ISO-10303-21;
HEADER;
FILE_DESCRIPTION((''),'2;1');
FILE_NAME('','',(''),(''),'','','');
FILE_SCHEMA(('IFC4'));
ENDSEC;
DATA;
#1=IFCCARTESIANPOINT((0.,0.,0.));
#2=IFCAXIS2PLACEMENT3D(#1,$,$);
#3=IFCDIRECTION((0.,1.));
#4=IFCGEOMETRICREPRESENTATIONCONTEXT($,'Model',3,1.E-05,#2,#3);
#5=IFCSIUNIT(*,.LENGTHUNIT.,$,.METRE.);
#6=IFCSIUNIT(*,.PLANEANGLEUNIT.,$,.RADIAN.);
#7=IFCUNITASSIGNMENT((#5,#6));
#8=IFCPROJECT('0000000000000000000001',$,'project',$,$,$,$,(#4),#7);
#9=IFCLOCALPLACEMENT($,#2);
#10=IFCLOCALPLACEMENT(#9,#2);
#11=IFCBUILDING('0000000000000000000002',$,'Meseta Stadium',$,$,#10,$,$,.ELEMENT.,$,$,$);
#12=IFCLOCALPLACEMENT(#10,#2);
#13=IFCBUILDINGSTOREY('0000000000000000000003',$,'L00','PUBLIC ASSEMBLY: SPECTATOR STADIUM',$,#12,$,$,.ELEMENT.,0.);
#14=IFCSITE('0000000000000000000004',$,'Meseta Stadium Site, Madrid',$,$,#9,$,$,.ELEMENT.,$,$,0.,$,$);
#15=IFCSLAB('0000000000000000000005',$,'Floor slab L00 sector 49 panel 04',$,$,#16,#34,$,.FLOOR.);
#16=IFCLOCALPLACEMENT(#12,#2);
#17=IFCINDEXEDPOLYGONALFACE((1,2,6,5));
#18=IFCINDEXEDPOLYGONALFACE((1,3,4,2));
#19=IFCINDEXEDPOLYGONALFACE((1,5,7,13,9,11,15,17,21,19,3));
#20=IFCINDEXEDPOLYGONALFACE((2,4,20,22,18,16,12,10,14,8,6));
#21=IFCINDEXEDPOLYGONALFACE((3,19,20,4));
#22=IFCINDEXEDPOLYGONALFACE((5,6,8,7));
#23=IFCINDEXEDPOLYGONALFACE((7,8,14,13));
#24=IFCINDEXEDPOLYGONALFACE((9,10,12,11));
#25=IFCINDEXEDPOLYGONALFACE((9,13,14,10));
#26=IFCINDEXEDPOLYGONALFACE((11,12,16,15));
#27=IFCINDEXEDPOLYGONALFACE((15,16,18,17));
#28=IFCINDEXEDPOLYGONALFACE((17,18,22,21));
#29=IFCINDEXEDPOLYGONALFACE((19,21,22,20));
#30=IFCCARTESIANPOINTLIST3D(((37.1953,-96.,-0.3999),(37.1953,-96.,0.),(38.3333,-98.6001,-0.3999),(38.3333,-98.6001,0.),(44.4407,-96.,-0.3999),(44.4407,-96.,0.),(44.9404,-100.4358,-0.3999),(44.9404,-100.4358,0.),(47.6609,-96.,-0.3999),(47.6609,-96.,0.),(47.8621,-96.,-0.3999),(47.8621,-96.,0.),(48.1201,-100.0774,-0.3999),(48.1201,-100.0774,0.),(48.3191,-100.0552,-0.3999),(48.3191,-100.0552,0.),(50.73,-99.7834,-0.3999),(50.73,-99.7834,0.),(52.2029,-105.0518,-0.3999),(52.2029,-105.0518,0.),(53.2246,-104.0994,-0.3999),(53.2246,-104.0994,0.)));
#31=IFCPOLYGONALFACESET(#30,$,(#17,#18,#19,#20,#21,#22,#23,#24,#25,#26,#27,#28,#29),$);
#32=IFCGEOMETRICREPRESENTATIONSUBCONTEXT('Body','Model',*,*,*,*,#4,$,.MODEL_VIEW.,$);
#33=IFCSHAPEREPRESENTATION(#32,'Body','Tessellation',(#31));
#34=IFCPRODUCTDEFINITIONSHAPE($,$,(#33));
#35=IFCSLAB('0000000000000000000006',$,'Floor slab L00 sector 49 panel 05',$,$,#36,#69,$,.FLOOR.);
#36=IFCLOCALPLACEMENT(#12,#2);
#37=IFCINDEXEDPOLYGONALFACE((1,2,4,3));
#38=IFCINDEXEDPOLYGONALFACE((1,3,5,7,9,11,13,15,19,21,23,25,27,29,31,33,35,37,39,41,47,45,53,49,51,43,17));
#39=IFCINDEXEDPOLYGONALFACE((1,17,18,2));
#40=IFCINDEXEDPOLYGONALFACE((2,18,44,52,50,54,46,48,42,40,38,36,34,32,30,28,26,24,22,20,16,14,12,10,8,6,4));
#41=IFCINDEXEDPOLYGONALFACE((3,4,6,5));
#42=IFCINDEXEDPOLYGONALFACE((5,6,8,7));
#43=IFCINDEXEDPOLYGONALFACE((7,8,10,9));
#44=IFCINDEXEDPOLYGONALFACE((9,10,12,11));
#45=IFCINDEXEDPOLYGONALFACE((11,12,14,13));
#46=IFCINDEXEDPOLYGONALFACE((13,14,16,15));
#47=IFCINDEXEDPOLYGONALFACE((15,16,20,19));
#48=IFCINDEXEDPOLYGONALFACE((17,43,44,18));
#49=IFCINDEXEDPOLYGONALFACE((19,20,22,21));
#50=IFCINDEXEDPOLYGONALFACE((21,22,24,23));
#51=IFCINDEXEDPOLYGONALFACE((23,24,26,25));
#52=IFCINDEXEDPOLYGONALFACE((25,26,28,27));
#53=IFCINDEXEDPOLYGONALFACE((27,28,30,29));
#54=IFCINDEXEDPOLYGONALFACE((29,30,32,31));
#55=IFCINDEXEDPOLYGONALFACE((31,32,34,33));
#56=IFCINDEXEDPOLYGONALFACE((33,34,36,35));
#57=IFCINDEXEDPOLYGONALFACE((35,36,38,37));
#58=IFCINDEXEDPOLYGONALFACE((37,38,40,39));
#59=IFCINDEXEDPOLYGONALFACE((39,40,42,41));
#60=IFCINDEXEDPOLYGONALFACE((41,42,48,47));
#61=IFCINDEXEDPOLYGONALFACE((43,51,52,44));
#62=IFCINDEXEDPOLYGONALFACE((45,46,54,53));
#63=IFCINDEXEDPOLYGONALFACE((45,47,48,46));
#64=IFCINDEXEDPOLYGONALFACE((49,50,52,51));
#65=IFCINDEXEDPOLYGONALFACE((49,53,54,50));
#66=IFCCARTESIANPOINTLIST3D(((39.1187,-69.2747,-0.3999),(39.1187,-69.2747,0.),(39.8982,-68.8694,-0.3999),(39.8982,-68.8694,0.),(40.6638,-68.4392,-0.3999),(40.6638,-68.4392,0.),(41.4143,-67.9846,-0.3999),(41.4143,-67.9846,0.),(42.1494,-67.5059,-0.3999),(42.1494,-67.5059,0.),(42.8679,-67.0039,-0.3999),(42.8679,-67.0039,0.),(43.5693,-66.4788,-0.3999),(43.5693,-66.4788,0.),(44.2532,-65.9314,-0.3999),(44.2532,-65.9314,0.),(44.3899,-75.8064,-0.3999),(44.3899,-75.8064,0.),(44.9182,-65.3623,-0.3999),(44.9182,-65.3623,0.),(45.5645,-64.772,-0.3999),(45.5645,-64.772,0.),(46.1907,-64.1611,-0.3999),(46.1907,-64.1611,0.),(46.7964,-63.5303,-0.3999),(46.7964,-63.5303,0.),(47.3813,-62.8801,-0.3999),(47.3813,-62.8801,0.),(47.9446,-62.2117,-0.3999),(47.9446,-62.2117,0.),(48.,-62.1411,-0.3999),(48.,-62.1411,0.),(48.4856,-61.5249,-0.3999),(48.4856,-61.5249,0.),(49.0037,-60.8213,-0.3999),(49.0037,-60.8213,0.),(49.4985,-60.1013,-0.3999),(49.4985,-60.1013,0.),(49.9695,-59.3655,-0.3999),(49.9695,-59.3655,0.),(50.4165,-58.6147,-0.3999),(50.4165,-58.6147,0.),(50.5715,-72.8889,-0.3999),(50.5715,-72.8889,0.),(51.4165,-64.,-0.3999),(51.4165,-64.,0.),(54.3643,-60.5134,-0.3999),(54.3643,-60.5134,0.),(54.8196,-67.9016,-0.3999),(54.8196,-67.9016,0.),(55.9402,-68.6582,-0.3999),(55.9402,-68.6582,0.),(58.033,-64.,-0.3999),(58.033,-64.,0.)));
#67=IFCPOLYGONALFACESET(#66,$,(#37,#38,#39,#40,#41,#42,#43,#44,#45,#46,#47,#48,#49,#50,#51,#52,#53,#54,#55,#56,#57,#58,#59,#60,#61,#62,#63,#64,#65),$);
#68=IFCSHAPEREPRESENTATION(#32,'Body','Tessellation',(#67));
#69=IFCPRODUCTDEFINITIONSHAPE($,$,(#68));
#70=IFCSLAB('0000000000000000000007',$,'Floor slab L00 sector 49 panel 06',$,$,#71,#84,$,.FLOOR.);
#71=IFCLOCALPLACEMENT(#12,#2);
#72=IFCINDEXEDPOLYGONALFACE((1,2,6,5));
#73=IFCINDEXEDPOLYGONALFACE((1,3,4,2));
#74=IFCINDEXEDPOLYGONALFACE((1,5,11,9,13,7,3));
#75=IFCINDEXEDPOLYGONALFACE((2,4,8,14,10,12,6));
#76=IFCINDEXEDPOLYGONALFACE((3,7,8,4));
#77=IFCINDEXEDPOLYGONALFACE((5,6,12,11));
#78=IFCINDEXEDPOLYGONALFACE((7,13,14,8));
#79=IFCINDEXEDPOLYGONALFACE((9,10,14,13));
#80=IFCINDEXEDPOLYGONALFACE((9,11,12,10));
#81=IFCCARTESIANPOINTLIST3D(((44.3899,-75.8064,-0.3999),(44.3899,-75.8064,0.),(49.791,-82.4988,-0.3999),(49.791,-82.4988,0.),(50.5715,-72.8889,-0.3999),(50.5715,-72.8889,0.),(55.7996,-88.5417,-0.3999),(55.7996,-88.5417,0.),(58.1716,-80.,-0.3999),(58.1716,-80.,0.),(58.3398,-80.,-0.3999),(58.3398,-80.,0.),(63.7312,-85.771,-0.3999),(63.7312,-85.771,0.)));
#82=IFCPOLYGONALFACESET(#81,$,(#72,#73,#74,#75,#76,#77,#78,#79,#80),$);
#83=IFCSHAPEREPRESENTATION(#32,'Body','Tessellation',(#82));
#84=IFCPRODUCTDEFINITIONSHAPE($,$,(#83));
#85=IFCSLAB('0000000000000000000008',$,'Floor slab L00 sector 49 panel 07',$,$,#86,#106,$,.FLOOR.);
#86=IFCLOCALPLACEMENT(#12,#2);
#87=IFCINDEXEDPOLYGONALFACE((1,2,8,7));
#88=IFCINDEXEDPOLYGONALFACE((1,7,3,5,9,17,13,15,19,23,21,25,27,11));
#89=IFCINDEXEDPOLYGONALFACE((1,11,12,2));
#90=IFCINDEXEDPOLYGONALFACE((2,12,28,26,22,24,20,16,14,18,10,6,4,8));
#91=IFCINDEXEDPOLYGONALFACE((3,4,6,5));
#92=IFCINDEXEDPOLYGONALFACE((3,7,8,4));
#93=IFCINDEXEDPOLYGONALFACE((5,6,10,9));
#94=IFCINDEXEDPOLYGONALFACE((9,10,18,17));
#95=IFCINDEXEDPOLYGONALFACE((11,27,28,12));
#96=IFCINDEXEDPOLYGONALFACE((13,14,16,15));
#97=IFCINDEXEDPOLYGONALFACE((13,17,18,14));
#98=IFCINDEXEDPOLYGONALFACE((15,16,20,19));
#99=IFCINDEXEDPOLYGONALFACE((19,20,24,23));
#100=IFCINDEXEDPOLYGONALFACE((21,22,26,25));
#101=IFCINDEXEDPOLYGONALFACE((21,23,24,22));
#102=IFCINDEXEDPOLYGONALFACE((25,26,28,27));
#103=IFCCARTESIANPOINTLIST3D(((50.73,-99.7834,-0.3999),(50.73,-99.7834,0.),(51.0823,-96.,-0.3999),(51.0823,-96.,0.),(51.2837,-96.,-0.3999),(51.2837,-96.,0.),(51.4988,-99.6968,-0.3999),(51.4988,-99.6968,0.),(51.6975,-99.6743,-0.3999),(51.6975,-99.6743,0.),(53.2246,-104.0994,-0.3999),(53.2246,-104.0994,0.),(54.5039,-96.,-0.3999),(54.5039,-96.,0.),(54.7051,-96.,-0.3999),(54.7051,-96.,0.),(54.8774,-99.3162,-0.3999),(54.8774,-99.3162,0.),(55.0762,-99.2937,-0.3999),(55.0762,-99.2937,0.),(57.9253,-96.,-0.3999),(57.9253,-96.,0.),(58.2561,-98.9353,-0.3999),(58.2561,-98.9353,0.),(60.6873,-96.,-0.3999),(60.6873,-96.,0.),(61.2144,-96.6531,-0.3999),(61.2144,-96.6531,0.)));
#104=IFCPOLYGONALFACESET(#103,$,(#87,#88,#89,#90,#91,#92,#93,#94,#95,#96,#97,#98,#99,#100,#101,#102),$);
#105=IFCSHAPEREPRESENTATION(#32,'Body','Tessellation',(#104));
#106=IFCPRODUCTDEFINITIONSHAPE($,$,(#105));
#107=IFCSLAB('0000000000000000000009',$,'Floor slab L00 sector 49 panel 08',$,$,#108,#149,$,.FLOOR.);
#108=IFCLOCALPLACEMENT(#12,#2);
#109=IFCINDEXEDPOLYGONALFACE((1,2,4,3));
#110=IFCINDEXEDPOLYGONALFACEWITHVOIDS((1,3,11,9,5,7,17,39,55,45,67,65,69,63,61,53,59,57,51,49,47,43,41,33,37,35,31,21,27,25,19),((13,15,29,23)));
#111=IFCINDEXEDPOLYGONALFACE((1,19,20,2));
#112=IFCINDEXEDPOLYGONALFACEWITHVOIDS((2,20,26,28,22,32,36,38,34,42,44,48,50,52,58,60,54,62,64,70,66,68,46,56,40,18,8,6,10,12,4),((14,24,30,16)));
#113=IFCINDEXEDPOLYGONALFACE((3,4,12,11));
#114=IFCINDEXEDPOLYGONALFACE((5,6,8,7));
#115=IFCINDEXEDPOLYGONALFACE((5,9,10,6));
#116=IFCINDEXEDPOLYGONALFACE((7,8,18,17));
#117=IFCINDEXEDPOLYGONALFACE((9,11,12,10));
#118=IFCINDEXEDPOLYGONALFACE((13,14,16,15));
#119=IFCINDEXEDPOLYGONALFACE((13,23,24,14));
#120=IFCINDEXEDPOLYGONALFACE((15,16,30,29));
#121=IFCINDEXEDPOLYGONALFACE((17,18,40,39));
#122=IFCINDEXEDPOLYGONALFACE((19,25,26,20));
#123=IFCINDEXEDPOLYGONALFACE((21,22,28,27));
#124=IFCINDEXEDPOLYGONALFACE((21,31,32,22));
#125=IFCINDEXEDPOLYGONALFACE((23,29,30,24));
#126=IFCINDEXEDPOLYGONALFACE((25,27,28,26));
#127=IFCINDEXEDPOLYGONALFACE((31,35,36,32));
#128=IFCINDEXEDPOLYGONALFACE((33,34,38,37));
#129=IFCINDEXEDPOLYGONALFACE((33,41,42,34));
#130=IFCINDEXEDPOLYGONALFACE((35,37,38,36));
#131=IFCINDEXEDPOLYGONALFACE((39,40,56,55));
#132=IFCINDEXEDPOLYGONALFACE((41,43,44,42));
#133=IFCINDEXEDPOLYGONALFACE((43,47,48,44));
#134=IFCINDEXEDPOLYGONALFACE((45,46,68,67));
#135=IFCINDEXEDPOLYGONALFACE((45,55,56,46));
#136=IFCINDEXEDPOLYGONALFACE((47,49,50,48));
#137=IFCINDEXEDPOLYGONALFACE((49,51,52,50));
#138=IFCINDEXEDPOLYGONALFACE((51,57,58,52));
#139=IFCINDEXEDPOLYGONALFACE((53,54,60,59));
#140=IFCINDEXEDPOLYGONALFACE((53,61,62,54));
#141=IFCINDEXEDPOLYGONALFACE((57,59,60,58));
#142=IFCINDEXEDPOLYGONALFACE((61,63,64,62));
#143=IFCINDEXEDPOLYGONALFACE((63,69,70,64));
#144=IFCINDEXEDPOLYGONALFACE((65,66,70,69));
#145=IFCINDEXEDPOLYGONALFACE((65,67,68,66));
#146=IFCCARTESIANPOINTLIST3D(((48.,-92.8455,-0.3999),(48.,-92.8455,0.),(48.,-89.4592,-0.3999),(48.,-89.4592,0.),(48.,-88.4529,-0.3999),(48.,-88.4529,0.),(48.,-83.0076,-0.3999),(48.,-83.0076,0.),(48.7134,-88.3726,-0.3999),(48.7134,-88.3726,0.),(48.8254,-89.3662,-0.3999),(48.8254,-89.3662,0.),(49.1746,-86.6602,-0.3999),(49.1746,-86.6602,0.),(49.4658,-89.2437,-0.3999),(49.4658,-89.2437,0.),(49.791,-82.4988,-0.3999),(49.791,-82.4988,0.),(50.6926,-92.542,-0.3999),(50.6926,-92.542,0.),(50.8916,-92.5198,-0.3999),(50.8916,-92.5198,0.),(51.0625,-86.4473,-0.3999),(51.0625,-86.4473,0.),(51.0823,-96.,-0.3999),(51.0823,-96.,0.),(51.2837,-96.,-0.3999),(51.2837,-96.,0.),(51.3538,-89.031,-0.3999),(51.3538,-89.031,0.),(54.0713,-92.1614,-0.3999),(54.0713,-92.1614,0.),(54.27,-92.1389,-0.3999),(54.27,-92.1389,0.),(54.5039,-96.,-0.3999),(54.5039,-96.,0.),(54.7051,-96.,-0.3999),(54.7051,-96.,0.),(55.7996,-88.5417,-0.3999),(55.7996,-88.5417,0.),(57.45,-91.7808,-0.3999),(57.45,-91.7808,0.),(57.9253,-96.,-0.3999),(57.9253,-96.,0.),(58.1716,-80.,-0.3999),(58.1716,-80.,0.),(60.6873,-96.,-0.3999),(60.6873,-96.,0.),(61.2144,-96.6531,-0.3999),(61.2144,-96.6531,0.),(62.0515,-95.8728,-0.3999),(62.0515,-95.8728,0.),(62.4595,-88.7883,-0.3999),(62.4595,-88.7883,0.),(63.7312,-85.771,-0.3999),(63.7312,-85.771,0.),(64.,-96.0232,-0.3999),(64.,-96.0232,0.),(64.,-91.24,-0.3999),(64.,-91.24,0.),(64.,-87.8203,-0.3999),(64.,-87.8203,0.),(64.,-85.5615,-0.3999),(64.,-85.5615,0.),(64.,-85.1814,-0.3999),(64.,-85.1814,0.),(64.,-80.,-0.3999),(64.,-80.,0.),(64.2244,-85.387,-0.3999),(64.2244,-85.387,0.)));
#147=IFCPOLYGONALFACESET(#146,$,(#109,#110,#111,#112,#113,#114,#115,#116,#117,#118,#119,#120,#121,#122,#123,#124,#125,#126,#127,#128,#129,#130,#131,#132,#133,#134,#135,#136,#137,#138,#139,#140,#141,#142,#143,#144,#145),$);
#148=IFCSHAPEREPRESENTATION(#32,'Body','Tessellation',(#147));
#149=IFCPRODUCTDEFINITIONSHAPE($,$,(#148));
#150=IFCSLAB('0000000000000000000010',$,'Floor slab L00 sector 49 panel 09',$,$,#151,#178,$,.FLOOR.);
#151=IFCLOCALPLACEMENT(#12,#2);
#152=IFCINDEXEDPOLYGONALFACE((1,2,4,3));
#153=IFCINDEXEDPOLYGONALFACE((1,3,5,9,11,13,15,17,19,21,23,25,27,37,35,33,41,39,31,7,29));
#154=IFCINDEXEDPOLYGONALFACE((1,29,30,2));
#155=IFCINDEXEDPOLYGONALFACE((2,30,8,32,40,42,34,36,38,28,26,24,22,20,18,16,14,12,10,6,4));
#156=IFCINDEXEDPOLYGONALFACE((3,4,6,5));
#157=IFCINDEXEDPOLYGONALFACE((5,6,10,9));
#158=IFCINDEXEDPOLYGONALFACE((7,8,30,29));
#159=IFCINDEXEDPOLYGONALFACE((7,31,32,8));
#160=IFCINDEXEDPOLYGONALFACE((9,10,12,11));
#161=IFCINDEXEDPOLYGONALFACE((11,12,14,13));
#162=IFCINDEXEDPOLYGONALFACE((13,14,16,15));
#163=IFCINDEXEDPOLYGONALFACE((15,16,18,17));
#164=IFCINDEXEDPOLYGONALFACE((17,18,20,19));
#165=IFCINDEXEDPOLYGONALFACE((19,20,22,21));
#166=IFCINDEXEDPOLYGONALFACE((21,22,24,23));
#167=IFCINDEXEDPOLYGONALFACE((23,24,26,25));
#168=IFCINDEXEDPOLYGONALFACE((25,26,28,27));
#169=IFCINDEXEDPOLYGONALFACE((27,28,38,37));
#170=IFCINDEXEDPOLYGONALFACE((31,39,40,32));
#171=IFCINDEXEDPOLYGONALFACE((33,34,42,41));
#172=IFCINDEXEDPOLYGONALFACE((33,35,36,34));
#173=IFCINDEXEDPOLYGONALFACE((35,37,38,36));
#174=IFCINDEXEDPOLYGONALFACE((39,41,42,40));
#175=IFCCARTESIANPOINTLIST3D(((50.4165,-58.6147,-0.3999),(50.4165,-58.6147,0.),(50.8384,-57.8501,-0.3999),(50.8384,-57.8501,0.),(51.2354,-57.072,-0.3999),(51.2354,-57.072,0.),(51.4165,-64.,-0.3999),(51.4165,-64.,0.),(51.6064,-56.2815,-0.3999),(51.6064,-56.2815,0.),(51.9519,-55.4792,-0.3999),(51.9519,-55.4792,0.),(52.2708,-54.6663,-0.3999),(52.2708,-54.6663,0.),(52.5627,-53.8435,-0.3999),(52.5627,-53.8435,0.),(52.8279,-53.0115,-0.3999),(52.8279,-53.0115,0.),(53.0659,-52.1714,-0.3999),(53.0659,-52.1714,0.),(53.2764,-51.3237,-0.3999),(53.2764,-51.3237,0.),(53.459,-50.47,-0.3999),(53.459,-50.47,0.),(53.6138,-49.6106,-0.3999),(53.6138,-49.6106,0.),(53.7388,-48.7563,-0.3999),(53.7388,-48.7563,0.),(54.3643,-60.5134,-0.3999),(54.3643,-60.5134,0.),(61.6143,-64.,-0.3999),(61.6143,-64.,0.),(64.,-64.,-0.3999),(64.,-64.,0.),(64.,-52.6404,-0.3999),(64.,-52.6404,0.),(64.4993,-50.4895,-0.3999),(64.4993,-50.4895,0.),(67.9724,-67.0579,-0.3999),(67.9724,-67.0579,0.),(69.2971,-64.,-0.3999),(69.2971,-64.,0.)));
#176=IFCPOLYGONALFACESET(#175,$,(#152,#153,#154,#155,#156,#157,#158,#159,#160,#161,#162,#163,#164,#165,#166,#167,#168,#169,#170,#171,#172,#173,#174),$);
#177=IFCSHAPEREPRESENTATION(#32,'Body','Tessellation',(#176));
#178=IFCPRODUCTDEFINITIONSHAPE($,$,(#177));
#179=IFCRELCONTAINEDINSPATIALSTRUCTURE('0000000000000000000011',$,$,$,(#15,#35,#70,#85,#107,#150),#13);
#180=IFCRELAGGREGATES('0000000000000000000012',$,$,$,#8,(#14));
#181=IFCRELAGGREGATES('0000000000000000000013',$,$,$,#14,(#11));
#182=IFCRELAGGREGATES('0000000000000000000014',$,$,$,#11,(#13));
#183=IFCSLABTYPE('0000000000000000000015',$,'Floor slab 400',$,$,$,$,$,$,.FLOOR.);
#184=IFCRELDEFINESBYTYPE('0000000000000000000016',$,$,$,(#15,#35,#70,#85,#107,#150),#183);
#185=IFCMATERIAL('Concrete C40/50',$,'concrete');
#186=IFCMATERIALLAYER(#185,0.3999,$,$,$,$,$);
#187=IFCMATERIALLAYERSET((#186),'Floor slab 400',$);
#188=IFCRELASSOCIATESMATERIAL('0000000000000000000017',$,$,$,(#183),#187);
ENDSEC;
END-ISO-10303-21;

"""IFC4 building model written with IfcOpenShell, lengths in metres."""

from ifc_helpers import new_model, si_unit, direction, frame, origin, place, context, subcontext, project, spatial, polyline, outline, extrude, material, layer, layer_set, type_object, element, save


model = new_model("IFC4")

# Units and contexts
model_context = context("Model", 3, precision=1e-05, world=origin(), true_north=direction((0.0, 1.0)))
body_context = subcontext(model_context, "Body", "Model", "MODEL_VIEW")
ifc_project = project(units=[si_unit("LENGTHUNIT", "METRE"), si_unit("PLANEANGLEUNIT", "RADIAN")], contexts=[model_context])

# Site, building, storey
site_placement = place(None, origin())
site = spatial("IfcSite", under=ifc_project, at=site_placement, Name="Meseta Stadium Site, Madrid", CompositionType="ELEMENT", RefElevation=0.0)
building_placement = place(site_placement, origin())
building = spatial("IfcBuilding", under=site, at=building_placement, Name="Meseta Stadium", CompositionType="ELEMENT")
storey_placement = place(building_placement, origin())
storey = spatial("IfcBuildingStorey", under=building, at=storey_placement, Name="L00", Description="PUBLIC ASSEMBLY: SPECTATOR STADIUM", CompositionType="ELEMENT", Elevation=0.0)

# Slabs
ifc_material_1 = material(Name="Concrete C40/50", Category="concrete")
ifc_layer_1 = layer(ifc_material_1, 0.3999)
ifc_layer_set_1 = layer_set([ifc_layer_1], Name="Floor slab 400")
slab_type_1 = type_object("IfcSlabType", Name="Floor slab 400", PredefinedType="FLOOR", material=ifc_layer_set_1)
slab_1_placement = place(storey_placement, frame((0.0, 0.0, -0.3999)))
element("IfcSlab", 1, at=slab_1_placement, inside=storey, type_object=slab_type_1, Name="Floor slab L00 sector 49 panel 04", PredefinedType="FLOOR", context=body_context, shape_type="SweptSolid", body=[
    extrude(outline(polyline([(47.6609, -96.0), (48.1201, -100.0774), (44.9404, -100.4358), (44.4407, -96.0), (37.1953, -96.0), (38.3333, -98.6001), (52.2029, -105.0518), (53.2246, -104.0994), (50.73, -99.7834), (48.3191, -100.0552), (47.8621, -96.0), (47.6609, -96.0)])), origin(), (0.0, 0.0, 1.0), 0.3999),
])
slab_2_placement = place(storey_placement, frame((0.0, 0.0, -0.3999)))
element("IfcSlab", 2, at=slab_2_placement, inside=storey, type_object=slab_type_1, Name="Floor slab L00 sector 49 panel 05", PredefinedType="FLOOR", context=body_context, shape_type="SweptSolid", body=[
    extrude(outline(polyline([(44.3899, -75.8064), (50.5715, -72.8889), (55.9402, -68.6582), (54.8196, -67.9016), (58.033, -64.0), (51.4165, -64.0), (54.3643, -60.5134), (50.4165, -58.6147), (49.9695, -59.3655), (49.4985, -60.1013), (49.0037, -60.8213), (48.4856, -61.5249), (48.0, -62.1411), (47.9446, -62.2117), (47.3813, -62.8801), (46.7964, -63.5303), (46.1907, -64.1611), (45.5645, -64.772), (44.9182, -65.3623), (44.2532, -65.9314), (43.5693, -66.4788), (42.8679, -67.0039), (42.1494, -67.5059), (41.4143, -67.9846), (40.6638, -68.4392), (39.8982, -68.8694), (39.1187, -69.2747), (44.3899, -75.8064)])), origin(), (0.0, 0.0, 1.0), 0.3999),
])
slab_3_placement = place(storey_placement, frame((0.0, 0.0, -0.3999)))
element("IfcSlab", 3, at=slab_3_placement, inside=storey, type_object=slab_type_1, Name="Floor slab L00 sector 49 panel 06", PredefinedType="FLOOR", context=body_context, shape_type="SweptSolid", body=[
    extrude(outline(polyline([(44.3899, -75.8064), (49.791, -82.4988), (55.7996, -88.5417), (63.7312, -85.771), (58.1716, -80.0), (58.3398, -80.0), (50.5715, -72.8889), (44.3899, -75.8064)])), origin(), (0.0, 0.0, 1.0), 0.3999),
])
slab_4_placement = place(storey_placement, frame((0.0, 0.0, -0.3999)))
element("IfcSlab", 4, at=slab_4_placement, inside=storey, type_object=slab_type_1, Name="Floor slab L00 sector 49 panel 07", PredefinedType="FLOOR", context=body_context, shape_type="SweptSolid", body=[
    extrude(outline(polyline([(50.73, -99.7834), (53.2246, -104.0994), (61.2144, -96.6531), (60.6873, -96.0), (57.9253, -96.0), (58.2561, -98.9353), (55.0762, -99.2937), (54.7051, -96.0), (54.5039, -96.0), (54.8774, -99.3162), (51.6975, -99.6743), (51.2837, -96.0), (51.0823, -96.0), (51.4988, -99.6968), (50.73, -99.7834)])), origin(), (0.0, 0.0, 1.0), 0.3999),
])
slab_5_placement = place(storey_placement, frame((0.0, 0.0, -0.3999)))
element("IfcSlab", 5, at=slab_5_placement, inside=storey, type_object=slab_type_1, Name="Floor slab L00 sector 49 panel 08", PredefinedType="FLOOR", context=body_context, shape_type="SweptSolid", body=[
    extrude(outline(polyline([(62.0515, -95.8728), (64.0, -96.0232), (64.0, -91.24), (62.4595, -88.7883), (64.0, -87.8203), (64.0, -85.5615), (64.2244, -85.387), (64.0, -85.1814), (64.0, -80.0), (58.1716, -80.0), (63.7312, -85.771), (55.7996, -88.5417), (49.791, -82.4988), (48.0, -83.0076), (48.0, -88.4529), (48.7134, -88.3726), (48.8254, -89.3662), (48.0, -89.4592), (48.0, -92.8455), (50.6926, -92.542), (51.0823, -96.0), (51.2837, -96.0), (50.8916, -92.5198), (54.0713, -92.1614), (54.5039, -96.0), (54.7051, -96.0), (54.27, -92.1389), (57.45, -91.7808), (57.9253, -96.0), (60.6873, -96.0), (61.2144, -96.6531), (62.0515, -95.8728)]), holes=[polyline([(51.3538, -89.031), (49.4658, -89.2437), (49.1746, -86.6602), (51.0625, -86.4473), (51.3538, -89.031)])]), origin(), (0.0, 0.0, 1.0), 0.3999),
])
slab_6_placement = place(storey_placement, frame((0.0, 0.0, -0.3999)))
element("IfcSlab", 6, at=slab_6_placement, inside=storey, type_object=slab_type_1, Name="Floor slab L00 sector 49 panel 09", PredefinedType="FLOOR", context=body_context, shape_type="SweptSolid", body=[
    extrude(outline(polyline([(50.4165, -58.6147), (54.3643, -60.5134), (51.4165, -64.0), (61.6143, -64.0), (67.9724, -67.0579), (69.2971, -64.0), (64.0, -64.0), (64.0, -52.6404), (64.4993, -50.4895), (53.7388, -48.7563), (53.6138, -49.6106), (53.459, -50.47), (53.2764, -51.3237), (53.0659, -52.1714), (52.8279, -53.0115), (52.5627, -53.8435), (52.2708, -54.6663), (51.9519, -55.4792), (51.6064, -56.2815), (51.2354, -57.072), (50.8384, -57.8501), (50.4165, -58.6147)])), origin(), (0.0, 0.0, 1.0), 0.3999),
])

save(model, "model.ifc")
